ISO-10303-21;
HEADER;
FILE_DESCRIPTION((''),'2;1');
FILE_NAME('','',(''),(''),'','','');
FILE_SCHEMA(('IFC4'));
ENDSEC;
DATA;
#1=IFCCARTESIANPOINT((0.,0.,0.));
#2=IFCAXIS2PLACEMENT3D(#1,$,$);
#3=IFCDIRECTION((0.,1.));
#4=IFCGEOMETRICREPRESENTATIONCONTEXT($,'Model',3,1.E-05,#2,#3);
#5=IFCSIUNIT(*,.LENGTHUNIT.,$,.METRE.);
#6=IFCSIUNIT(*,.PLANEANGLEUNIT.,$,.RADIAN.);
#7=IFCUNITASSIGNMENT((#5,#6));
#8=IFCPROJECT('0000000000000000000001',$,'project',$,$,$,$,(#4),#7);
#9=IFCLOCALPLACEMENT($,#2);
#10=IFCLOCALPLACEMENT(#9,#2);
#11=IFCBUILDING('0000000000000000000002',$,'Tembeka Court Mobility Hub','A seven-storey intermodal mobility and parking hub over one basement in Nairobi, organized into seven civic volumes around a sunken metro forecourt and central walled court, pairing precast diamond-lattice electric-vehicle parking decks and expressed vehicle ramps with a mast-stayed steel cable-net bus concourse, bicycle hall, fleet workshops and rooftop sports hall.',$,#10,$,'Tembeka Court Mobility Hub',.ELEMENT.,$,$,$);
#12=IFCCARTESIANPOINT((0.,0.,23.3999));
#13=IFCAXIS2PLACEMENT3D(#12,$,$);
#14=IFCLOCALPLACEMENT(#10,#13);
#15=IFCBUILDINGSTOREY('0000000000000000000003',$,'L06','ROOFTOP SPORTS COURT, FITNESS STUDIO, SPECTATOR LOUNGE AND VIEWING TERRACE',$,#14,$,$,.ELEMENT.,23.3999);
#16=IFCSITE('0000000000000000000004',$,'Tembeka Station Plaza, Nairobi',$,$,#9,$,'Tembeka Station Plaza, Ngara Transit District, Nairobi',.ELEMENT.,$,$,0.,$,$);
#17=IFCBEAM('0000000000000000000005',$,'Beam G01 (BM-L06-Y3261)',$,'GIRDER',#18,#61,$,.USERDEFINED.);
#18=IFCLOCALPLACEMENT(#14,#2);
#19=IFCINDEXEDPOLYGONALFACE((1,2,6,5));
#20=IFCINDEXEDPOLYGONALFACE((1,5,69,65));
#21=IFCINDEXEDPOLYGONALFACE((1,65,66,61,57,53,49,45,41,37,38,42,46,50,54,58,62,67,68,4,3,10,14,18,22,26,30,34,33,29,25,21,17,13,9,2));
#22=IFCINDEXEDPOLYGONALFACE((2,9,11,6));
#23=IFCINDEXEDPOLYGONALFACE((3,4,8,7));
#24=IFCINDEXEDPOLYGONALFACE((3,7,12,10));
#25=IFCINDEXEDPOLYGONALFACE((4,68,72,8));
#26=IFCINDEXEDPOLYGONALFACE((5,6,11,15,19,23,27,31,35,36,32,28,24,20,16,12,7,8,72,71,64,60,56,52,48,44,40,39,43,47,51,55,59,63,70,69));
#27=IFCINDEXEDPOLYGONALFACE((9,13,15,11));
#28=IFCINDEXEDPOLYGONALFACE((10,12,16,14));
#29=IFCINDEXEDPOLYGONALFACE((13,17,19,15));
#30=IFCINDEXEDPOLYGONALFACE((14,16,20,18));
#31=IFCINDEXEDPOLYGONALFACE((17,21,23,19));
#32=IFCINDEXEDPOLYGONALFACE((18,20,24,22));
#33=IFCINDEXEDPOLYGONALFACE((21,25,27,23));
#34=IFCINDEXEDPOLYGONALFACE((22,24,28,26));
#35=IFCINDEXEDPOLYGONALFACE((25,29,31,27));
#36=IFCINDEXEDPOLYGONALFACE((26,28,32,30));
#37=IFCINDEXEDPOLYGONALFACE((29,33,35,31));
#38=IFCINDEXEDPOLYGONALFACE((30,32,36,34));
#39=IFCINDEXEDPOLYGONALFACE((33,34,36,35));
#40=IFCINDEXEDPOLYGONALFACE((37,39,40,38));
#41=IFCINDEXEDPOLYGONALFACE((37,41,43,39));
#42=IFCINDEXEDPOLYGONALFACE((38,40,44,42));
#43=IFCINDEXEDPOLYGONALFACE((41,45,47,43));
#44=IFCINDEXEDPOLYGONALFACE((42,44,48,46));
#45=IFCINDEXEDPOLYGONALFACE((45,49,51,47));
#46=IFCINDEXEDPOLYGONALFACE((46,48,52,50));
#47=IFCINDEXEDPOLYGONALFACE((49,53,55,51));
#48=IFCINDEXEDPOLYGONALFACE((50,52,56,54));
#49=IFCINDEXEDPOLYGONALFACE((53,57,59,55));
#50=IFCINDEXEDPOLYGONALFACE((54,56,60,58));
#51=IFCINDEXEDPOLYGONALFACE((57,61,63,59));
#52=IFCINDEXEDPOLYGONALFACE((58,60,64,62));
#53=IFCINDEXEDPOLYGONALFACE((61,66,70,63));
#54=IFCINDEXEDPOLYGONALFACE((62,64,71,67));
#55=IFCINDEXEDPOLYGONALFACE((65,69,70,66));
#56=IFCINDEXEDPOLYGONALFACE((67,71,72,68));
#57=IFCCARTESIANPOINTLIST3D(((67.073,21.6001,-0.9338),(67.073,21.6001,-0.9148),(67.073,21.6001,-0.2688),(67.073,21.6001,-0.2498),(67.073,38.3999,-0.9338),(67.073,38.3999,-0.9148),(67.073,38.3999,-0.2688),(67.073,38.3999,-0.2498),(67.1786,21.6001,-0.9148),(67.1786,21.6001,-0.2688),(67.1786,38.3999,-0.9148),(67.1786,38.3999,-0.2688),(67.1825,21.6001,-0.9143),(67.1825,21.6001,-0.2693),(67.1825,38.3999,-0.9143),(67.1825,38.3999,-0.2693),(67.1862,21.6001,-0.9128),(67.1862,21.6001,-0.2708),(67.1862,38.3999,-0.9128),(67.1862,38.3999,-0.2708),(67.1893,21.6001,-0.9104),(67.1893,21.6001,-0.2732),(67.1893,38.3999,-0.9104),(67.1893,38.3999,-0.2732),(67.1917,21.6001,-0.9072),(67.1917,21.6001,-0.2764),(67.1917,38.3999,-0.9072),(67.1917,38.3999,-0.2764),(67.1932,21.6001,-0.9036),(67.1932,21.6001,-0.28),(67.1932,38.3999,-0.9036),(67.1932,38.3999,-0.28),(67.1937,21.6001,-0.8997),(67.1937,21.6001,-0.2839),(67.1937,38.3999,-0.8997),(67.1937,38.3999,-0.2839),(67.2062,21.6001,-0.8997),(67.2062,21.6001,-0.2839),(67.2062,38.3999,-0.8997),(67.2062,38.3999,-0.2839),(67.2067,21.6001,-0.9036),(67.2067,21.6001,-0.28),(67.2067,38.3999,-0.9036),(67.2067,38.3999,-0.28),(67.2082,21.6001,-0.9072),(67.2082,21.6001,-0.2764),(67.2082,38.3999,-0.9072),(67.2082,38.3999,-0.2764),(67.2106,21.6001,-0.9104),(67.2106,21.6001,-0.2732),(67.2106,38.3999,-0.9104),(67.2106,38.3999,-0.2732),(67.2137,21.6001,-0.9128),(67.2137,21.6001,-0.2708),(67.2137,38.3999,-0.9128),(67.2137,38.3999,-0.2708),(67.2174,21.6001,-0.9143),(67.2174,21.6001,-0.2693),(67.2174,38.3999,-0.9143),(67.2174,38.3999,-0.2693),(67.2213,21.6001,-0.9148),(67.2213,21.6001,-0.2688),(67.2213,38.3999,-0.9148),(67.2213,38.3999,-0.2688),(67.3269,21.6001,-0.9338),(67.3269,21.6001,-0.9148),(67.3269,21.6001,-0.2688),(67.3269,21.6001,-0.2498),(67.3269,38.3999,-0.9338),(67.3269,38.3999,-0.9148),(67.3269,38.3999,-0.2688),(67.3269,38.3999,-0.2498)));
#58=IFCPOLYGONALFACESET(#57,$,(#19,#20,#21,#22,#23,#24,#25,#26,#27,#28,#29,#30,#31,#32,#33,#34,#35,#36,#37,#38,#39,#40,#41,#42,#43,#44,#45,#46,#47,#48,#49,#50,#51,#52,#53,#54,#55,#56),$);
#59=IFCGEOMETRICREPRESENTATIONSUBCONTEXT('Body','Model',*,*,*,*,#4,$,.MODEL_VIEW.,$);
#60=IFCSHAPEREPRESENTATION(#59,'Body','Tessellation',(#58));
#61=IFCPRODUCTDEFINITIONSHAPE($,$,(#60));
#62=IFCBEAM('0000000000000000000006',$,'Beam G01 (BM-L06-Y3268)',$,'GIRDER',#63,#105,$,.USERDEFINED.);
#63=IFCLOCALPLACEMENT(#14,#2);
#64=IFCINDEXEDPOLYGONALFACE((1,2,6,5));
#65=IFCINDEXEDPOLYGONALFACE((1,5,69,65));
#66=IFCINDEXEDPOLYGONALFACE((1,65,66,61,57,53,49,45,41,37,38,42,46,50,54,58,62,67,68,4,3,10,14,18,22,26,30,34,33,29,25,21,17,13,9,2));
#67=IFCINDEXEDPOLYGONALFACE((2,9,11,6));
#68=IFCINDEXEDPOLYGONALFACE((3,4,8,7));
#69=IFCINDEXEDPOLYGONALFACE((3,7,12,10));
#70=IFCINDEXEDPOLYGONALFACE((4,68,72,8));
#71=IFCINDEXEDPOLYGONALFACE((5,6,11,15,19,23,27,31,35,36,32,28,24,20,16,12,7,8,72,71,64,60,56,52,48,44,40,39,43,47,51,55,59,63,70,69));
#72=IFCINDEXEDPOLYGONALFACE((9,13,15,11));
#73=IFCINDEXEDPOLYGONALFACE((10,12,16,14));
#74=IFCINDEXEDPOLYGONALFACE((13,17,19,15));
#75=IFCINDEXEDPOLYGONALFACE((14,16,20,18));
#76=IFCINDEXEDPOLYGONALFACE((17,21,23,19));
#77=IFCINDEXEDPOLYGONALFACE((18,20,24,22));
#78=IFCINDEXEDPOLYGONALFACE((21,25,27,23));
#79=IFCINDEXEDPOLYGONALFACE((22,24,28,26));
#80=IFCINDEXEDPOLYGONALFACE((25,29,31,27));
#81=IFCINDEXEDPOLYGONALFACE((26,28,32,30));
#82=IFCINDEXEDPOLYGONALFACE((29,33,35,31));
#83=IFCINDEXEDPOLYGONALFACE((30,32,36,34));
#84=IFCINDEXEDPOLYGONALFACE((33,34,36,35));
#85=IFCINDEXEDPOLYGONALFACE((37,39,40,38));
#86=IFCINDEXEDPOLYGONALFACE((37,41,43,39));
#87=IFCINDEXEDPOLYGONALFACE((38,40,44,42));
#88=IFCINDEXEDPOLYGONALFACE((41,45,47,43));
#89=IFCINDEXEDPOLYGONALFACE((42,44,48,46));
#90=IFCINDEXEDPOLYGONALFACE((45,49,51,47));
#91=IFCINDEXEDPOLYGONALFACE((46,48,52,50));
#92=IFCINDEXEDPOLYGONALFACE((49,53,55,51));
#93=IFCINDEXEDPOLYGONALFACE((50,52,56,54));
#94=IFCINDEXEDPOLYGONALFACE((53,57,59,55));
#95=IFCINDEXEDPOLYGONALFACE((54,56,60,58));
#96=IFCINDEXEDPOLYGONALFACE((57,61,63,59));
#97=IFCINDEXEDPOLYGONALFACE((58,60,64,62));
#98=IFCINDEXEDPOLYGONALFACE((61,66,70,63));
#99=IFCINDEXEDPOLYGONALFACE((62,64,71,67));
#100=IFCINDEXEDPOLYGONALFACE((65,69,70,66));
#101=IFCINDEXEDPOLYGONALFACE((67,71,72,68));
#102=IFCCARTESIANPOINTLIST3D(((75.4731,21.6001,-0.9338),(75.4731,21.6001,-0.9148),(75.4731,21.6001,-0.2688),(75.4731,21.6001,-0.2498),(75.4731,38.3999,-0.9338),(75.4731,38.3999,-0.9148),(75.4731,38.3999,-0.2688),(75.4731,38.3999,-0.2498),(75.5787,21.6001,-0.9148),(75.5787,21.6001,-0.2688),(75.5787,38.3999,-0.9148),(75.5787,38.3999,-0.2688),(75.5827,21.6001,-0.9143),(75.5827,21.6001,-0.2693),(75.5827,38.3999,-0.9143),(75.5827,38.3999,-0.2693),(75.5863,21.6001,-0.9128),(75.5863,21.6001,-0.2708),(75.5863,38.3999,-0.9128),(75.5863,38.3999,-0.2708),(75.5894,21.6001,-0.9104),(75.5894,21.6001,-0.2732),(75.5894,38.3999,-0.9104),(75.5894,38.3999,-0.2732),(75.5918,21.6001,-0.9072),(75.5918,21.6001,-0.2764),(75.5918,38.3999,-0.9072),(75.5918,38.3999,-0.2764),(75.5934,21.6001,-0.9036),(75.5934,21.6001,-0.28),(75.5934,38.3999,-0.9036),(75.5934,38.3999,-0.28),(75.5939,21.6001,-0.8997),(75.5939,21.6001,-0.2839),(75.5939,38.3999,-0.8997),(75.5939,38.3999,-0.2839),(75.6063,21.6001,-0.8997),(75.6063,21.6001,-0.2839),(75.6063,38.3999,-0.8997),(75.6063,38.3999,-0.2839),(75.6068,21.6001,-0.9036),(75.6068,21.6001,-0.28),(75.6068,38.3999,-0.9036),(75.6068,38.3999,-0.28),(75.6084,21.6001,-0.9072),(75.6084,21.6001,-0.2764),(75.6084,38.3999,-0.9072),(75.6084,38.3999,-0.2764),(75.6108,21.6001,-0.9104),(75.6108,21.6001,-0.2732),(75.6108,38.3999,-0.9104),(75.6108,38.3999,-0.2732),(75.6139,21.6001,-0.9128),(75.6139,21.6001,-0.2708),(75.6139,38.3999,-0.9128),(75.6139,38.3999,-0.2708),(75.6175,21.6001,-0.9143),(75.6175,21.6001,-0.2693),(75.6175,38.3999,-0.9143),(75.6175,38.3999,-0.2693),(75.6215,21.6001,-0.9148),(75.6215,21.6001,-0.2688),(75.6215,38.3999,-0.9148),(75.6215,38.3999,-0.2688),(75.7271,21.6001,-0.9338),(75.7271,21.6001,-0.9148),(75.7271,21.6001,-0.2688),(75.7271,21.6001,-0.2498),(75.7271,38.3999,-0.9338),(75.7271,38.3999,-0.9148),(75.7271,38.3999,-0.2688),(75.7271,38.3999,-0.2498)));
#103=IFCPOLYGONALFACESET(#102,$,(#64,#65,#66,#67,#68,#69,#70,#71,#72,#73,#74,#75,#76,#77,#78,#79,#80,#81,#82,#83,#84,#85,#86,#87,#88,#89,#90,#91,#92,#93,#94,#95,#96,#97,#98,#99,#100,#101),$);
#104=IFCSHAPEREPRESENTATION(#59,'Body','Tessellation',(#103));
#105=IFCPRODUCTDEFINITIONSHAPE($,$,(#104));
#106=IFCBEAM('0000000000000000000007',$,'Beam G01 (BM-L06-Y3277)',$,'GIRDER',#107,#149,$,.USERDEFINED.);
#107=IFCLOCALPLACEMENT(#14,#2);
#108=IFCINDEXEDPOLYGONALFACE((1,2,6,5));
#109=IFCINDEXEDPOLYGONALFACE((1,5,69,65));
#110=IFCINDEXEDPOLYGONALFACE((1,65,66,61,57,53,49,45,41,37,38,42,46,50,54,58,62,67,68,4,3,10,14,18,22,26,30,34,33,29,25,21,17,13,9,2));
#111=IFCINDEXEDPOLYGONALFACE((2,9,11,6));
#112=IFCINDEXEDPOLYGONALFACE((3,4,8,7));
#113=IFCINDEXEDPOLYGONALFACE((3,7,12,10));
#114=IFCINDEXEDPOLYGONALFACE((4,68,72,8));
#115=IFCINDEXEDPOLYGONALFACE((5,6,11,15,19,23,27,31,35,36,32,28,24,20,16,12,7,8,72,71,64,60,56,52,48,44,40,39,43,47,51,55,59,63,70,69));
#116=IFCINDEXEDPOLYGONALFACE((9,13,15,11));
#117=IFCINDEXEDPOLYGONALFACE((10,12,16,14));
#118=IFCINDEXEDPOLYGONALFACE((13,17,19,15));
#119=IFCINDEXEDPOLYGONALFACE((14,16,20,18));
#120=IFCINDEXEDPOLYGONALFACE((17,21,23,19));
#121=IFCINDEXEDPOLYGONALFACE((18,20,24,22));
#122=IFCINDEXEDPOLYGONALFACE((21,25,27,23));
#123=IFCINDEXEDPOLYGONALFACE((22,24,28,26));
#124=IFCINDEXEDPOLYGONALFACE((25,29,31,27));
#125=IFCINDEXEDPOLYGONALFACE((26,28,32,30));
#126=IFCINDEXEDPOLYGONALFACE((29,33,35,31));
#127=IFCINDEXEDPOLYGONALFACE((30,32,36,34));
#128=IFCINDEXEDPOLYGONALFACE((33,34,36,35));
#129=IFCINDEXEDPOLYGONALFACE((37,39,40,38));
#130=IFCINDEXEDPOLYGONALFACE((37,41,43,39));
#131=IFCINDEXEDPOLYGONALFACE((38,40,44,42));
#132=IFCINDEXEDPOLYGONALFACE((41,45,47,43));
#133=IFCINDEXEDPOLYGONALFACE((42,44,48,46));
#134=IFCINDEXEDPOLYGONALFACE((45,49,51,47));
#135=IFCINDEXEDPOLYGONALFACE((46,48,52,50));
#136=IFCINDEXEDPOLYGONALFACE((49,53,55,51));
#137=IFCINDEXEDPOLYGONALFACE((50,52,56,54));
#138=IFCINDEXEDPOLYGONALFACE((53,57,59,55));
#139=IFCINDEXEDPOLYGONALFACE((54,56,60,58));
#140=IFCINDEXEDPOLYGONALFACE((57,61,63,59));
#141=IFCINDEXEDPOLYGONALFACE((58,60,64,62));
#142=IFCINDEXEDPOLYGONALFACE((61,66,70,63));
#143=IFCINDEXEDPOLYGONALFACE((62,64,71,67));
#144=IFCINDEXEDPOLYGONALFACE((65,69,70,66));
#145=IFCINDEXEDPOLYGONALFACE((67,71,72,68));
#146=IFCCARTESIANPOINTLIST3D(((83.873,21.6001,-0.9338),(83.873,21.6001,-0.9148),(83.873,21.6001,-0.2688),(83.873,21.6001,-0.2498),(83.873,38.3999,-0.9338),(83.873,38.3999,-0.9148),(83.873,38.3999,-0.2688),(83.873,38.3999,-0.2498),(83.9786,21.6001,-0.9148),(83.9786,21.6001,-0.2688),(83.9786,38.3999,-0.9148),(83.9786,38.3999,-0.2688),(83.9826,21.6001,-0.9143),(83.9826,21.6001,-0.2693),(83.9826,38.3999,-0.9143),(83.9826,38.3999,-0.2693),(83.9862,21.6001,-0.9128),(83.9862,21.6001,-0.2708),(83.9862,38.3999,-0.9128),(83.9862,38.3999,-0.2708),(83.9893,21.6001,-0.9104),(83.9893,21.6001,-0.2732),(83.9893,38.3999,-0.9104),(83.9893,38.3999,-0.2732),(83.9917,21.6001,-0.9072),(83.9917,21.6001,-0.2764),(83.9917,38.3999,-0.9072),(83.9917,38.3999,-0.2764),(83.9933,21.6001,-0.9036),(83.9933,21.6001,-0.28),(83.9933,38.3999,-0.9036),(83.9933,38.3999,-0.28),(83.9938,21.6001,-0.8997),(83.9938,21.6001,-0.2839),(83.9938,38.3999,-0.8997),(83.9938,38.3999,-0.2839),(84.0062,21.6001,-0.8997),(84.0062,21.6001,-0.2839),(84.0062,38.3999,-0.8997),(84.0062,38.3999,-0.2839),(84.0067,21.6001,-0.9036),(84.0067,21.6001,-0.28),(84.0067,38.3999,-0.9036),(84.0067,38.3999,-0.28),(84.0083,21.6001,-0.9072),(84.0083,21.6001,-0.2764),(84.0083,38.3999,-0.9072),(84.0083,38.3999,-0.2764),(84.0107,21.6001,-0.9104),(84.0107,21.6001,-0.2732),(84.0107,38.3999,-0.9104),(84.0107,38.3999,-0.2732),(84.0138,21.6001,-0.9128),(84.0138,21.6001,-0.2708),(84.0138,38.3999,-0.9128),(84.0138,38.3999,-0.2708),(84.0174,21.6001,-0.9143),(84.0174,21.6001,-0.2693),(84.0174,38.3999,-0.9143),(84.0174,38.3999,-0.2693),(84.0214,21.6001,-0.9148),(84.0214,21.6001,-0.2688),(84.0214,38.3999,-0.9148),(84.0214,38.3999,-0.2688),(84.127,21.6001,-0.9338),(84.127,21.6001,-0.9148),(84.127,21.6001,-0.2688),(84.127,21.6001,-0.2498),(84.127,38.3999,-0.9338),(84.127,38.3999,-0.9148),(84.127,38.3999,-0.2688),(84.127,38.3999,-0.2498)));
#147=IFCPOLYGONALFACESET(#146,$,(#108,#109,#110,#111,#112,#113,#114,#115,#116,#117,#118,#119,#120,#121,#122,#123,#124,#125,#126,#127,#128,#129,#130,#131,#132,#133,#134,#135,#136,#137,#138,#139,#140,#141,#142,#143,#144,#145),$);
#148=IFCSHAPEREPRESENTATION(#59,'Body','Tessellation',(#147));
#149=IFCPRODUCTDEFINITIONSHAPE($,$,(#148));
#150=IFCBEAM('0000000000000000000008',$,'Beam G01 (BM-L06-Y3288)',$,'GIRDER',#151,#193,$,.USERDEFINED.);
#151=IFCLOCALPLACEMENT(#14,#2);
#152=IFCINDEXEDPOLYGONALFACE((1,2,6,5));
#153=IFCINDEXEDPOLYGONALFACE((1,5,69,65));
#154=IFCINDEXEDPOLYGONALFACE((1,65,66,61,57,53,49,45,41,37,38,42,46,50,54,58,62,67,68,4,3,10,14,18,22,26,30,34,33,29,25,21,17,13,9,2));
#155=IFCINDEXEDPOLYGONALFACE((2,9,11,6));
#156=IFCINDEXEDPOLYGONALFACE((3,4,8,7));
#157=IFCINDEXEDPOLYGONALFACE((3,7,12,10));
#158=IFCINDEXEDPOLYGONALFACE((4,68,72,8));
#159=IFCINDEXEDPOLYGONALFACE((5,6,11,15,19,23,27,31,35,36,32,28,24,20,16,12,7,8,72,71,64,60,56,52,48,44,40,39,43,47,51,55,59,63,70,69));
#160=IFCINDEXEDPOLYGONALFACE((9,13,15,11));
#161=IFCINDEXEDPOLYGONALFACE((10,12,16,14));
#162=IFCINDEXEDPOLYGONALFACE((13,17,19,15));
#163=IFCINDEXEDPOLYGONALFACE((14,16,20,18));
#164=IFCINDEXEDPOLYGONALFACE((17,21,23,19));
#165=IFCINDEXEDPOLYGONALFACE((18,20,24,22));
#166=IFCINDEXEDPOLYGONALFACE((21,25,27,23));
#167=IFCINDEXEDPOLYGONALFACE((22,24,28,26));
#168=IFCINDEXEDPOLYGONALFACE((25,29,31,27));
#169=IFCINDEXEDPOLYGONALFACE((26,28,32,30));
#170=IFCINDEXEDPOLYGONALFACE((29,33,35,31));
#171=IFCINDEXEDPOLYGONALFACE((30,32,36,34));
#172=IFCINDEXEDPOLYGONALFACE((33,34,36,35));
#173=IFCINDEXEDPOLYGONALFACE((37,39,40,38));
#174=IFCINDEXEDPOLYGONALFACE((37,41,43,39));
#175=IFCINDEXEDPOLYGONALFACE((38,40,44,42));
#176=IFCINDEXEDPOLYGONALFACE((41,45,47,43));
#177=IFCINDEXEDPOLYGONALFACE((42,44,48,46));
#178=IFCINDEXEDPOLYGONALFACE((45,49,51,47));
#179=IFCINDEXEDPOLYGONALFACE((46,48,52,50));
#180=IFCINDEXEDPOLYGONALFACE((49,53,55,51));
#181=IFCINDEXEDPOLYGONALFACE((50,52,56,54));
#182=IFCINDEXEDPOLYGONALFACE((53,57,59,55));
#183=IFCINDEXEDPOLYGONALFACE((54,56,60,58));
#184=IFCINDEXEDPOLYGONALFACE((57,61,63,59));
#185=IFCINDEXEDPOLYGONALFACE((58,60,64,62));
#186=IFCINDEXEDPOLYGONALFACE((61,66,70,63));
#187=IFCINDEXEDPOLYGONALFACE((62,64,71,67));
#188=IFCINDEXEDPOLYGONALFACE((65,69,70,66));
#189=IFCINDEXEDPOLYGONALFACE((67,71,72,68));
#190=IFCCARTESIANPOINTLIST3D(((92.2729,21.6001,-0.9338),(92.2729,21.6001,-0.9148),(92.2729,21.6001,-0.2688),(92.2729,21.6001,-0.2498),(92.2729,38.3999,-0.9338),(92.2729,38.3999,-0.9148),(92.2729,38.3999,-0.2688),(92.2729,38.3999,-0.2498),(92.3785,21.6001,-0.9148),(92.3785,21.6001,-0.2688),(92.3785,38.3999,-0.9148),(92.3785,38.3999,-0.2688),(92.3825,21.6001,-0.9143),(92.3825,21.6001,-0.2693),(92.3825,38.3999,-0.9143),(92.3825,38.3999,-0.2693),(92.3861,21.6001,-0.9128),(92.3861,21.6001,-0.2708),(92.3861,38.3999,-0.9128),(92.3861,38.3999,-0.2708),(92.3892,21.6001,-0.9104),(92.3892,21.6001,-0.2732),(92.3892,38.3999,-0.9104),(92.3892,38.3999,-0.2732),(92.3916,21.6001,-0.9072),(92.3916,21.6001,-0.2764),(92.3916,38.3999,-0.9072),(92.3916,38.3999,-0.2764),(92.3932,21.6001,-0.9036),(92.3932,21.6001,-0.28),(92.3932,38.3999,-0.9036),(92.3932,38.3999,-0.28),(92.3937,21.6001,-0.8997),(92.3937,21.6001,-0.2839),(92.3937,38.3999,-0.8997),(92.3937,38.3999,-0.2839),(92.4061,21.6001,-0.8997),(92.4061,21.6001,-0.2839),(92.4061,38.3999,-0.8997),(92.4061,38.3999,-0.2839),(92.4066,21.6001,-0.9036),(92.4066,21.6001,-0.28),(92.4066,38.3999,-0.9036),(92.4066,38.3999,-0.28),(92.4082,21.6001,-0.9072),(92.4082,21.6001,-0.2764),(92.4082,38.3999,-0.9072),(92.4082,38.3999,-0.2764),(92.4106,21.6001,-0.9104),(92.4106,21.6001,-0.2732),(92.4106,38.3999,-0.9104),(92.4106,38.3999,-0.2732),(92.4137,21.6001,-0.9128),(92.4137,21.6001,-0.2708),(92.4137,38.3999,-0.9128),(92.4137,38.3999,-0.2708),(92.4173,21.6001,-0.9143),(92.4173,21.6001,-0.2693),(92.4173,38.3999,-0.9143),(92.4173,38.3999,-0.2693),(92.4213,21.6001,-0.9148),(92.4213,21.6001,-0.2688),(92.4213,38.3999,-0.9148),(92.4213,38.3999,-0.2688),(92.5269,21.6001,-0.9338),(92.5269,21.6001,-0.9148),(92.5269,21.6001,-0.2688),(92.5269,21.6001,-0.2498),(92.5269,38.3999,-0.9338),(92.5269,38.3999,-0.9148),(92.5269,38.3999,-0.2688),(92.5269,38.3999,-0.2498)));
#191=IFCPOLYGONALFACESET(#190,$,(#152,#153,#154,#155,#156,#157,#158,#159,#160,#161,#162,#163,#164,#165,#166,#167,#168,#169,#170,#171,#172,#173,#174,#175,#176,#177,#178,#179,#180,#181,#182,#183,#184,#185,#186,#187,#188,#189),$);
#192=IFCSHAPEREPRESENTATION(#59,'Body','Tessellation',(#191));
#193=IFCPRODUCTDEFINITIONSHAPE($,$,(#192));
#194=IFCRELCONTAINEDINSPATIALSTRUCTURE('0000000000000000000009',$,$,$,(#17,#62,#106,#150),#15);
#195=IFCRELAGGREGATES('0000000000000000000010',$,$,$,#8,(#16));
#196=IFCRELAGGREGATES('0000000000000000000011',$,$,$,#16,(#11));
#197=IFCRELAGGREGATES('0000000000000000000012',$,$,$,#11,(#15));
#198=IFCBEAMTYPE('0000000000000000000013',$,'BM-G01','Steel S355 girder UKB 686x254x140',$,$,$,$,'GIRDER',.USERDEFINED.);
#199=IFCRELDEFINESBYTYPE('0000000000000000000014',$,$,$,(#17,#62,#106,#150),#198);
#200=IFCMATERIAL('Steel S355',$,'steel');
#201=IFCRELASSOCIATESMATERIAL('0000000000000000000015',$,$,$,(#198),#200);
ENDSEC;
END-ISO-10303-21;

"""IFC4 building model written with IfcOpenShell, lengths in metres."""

from ifc_helpers import new_model, si_unit, direction, frame, origin, origin_2d, place, context, subcontext, project, spatial, i_section, extrude, material, material_profile, profile_set, type_object, element, save


model = new_model("IFC4")

# Units and contexts
model_context = context("Model", 3, precision=1e-05, world=origin(), true_north=direction((0.0, 1.0)))
body_context = subcontext(model_context, "Body", "Model", "MODEL_VIEW")
ifc_project = project(units=[si_unit("LENGTHUNIT", "METRE"), si_unit("PLANEANGLEUNIT", "RADIAN")], contexts=[model_context])

# Site, building, storey
site_placement = place(None, origin())
site = spatial("IfcSite", under=ifc_project, at=site_placement, Name="Tembeka Station Plaza, Nairobi", LongName="Tembeka Station Plaza, Ngara Transit District, Nairobi", CompositionType="ELEMENT", RefElevation=0.0)
building_placement = place(site_placement, origin())
building = spatial("IfcBuilding", under=site, at=building_placement, Name="Tembeka Court Mobility Hub", Description="A seven-storey intermodal mobility and parking hub over one basement in Nairobi, organized into seven civic volumes around a sunken metro forecourt and central walled court, pairing precast diamond-lattice electric-vehicle parking decks and expressed vehicle ramps with a mast-stayed steel cable-net bus concourse, bicycle hall, fleet workshops and rooftop sports hall.", LongName="Tembeka Court Mobility Hub", CompositionType="ELEMENT")
storey_placement = place(building_placement, frame((0.0, 0.0, 23.3999)))
storey = spatial("IfcBuildingStorey", under=building, at=storey_placement, Name="L06", Description="ROOFTOP SPORTS COURT, FITNESS STUDIO, SPECTATOR LOUNGE AND VIEWING TERRACE", CompositionType="ELEMENT", Elevation=23.3999)

# Beams
ifc_material_1 = material(Name="Steel S355", Category="steel")
ifc_material_profile_1 = material_profile(ifc_material_1, i_section(OverallWidth=0.2539, OverallDepth=0.6841, WebThickness=0.0125, FlangeThickness=0.019, FilletRadius=0.0151, at=origin_2d()), Name="UKB 686x254x140")
ifc_profile_set_1 = profile_set([ifc_material_profile_1], Name="Steel S355")
beam_type_1 = type_object("IfcBeamType", Name="BM-G01", Description="Steel S355 girder UKB 686x254x140", ElementType="GIRDER", PredefinedType="USERDEFINED", material=ifc_profile_set_1)
for number, where, z_axis, x_axis, name in (
    (1, (67.2, 21.6001, -0.5918), (0.0, 1.0, 0.0), (-1.0, 0.0, 0.0), "Beam G01 (BM-L06-Y3261)"),
    (2, (75.6001, 21.6001, -0.5918), (0.0, 1.0, 0.0), (-1.0, 0.0, 0.0), "Beam G01 (BM-L06-Y3268)"),
    (3, (84.0, 21.6001, -0.5918), (0.0, 1.0, 0.0), (-1.0, 0.0, 0.0), "Beam G01 (BM-L06-Y3277)"),
    (4, (92.3999, 21.6001, -0.5918), (0.0, 1.0, 0.0), (-1.0, 0.0, 0.0), "Beam G01 (BM-L06-Y3288)"),
):
    element("IfcBeam", number, at=place(storey_placement, frame(where, z_axis=z_axis, x_axis=x_axis)), inside=storey, type_object=beam_type_1, Name=name, ObjectType="GIRDER", PredefinedType="USERDEFINED", context=body_context, shape_type="SweptSolid", body=[
        extrude(i_section(OverallWidth=0.2539, OverallDepth=0.6841, WebThickness=0.0125, FlangeThickness=0.019, FilletRadius=0.0151, at=origin_2d()), origin(), (0.0, 0.0, 1.0), 16.7998),
    ])

save(model, "model.ifc")
